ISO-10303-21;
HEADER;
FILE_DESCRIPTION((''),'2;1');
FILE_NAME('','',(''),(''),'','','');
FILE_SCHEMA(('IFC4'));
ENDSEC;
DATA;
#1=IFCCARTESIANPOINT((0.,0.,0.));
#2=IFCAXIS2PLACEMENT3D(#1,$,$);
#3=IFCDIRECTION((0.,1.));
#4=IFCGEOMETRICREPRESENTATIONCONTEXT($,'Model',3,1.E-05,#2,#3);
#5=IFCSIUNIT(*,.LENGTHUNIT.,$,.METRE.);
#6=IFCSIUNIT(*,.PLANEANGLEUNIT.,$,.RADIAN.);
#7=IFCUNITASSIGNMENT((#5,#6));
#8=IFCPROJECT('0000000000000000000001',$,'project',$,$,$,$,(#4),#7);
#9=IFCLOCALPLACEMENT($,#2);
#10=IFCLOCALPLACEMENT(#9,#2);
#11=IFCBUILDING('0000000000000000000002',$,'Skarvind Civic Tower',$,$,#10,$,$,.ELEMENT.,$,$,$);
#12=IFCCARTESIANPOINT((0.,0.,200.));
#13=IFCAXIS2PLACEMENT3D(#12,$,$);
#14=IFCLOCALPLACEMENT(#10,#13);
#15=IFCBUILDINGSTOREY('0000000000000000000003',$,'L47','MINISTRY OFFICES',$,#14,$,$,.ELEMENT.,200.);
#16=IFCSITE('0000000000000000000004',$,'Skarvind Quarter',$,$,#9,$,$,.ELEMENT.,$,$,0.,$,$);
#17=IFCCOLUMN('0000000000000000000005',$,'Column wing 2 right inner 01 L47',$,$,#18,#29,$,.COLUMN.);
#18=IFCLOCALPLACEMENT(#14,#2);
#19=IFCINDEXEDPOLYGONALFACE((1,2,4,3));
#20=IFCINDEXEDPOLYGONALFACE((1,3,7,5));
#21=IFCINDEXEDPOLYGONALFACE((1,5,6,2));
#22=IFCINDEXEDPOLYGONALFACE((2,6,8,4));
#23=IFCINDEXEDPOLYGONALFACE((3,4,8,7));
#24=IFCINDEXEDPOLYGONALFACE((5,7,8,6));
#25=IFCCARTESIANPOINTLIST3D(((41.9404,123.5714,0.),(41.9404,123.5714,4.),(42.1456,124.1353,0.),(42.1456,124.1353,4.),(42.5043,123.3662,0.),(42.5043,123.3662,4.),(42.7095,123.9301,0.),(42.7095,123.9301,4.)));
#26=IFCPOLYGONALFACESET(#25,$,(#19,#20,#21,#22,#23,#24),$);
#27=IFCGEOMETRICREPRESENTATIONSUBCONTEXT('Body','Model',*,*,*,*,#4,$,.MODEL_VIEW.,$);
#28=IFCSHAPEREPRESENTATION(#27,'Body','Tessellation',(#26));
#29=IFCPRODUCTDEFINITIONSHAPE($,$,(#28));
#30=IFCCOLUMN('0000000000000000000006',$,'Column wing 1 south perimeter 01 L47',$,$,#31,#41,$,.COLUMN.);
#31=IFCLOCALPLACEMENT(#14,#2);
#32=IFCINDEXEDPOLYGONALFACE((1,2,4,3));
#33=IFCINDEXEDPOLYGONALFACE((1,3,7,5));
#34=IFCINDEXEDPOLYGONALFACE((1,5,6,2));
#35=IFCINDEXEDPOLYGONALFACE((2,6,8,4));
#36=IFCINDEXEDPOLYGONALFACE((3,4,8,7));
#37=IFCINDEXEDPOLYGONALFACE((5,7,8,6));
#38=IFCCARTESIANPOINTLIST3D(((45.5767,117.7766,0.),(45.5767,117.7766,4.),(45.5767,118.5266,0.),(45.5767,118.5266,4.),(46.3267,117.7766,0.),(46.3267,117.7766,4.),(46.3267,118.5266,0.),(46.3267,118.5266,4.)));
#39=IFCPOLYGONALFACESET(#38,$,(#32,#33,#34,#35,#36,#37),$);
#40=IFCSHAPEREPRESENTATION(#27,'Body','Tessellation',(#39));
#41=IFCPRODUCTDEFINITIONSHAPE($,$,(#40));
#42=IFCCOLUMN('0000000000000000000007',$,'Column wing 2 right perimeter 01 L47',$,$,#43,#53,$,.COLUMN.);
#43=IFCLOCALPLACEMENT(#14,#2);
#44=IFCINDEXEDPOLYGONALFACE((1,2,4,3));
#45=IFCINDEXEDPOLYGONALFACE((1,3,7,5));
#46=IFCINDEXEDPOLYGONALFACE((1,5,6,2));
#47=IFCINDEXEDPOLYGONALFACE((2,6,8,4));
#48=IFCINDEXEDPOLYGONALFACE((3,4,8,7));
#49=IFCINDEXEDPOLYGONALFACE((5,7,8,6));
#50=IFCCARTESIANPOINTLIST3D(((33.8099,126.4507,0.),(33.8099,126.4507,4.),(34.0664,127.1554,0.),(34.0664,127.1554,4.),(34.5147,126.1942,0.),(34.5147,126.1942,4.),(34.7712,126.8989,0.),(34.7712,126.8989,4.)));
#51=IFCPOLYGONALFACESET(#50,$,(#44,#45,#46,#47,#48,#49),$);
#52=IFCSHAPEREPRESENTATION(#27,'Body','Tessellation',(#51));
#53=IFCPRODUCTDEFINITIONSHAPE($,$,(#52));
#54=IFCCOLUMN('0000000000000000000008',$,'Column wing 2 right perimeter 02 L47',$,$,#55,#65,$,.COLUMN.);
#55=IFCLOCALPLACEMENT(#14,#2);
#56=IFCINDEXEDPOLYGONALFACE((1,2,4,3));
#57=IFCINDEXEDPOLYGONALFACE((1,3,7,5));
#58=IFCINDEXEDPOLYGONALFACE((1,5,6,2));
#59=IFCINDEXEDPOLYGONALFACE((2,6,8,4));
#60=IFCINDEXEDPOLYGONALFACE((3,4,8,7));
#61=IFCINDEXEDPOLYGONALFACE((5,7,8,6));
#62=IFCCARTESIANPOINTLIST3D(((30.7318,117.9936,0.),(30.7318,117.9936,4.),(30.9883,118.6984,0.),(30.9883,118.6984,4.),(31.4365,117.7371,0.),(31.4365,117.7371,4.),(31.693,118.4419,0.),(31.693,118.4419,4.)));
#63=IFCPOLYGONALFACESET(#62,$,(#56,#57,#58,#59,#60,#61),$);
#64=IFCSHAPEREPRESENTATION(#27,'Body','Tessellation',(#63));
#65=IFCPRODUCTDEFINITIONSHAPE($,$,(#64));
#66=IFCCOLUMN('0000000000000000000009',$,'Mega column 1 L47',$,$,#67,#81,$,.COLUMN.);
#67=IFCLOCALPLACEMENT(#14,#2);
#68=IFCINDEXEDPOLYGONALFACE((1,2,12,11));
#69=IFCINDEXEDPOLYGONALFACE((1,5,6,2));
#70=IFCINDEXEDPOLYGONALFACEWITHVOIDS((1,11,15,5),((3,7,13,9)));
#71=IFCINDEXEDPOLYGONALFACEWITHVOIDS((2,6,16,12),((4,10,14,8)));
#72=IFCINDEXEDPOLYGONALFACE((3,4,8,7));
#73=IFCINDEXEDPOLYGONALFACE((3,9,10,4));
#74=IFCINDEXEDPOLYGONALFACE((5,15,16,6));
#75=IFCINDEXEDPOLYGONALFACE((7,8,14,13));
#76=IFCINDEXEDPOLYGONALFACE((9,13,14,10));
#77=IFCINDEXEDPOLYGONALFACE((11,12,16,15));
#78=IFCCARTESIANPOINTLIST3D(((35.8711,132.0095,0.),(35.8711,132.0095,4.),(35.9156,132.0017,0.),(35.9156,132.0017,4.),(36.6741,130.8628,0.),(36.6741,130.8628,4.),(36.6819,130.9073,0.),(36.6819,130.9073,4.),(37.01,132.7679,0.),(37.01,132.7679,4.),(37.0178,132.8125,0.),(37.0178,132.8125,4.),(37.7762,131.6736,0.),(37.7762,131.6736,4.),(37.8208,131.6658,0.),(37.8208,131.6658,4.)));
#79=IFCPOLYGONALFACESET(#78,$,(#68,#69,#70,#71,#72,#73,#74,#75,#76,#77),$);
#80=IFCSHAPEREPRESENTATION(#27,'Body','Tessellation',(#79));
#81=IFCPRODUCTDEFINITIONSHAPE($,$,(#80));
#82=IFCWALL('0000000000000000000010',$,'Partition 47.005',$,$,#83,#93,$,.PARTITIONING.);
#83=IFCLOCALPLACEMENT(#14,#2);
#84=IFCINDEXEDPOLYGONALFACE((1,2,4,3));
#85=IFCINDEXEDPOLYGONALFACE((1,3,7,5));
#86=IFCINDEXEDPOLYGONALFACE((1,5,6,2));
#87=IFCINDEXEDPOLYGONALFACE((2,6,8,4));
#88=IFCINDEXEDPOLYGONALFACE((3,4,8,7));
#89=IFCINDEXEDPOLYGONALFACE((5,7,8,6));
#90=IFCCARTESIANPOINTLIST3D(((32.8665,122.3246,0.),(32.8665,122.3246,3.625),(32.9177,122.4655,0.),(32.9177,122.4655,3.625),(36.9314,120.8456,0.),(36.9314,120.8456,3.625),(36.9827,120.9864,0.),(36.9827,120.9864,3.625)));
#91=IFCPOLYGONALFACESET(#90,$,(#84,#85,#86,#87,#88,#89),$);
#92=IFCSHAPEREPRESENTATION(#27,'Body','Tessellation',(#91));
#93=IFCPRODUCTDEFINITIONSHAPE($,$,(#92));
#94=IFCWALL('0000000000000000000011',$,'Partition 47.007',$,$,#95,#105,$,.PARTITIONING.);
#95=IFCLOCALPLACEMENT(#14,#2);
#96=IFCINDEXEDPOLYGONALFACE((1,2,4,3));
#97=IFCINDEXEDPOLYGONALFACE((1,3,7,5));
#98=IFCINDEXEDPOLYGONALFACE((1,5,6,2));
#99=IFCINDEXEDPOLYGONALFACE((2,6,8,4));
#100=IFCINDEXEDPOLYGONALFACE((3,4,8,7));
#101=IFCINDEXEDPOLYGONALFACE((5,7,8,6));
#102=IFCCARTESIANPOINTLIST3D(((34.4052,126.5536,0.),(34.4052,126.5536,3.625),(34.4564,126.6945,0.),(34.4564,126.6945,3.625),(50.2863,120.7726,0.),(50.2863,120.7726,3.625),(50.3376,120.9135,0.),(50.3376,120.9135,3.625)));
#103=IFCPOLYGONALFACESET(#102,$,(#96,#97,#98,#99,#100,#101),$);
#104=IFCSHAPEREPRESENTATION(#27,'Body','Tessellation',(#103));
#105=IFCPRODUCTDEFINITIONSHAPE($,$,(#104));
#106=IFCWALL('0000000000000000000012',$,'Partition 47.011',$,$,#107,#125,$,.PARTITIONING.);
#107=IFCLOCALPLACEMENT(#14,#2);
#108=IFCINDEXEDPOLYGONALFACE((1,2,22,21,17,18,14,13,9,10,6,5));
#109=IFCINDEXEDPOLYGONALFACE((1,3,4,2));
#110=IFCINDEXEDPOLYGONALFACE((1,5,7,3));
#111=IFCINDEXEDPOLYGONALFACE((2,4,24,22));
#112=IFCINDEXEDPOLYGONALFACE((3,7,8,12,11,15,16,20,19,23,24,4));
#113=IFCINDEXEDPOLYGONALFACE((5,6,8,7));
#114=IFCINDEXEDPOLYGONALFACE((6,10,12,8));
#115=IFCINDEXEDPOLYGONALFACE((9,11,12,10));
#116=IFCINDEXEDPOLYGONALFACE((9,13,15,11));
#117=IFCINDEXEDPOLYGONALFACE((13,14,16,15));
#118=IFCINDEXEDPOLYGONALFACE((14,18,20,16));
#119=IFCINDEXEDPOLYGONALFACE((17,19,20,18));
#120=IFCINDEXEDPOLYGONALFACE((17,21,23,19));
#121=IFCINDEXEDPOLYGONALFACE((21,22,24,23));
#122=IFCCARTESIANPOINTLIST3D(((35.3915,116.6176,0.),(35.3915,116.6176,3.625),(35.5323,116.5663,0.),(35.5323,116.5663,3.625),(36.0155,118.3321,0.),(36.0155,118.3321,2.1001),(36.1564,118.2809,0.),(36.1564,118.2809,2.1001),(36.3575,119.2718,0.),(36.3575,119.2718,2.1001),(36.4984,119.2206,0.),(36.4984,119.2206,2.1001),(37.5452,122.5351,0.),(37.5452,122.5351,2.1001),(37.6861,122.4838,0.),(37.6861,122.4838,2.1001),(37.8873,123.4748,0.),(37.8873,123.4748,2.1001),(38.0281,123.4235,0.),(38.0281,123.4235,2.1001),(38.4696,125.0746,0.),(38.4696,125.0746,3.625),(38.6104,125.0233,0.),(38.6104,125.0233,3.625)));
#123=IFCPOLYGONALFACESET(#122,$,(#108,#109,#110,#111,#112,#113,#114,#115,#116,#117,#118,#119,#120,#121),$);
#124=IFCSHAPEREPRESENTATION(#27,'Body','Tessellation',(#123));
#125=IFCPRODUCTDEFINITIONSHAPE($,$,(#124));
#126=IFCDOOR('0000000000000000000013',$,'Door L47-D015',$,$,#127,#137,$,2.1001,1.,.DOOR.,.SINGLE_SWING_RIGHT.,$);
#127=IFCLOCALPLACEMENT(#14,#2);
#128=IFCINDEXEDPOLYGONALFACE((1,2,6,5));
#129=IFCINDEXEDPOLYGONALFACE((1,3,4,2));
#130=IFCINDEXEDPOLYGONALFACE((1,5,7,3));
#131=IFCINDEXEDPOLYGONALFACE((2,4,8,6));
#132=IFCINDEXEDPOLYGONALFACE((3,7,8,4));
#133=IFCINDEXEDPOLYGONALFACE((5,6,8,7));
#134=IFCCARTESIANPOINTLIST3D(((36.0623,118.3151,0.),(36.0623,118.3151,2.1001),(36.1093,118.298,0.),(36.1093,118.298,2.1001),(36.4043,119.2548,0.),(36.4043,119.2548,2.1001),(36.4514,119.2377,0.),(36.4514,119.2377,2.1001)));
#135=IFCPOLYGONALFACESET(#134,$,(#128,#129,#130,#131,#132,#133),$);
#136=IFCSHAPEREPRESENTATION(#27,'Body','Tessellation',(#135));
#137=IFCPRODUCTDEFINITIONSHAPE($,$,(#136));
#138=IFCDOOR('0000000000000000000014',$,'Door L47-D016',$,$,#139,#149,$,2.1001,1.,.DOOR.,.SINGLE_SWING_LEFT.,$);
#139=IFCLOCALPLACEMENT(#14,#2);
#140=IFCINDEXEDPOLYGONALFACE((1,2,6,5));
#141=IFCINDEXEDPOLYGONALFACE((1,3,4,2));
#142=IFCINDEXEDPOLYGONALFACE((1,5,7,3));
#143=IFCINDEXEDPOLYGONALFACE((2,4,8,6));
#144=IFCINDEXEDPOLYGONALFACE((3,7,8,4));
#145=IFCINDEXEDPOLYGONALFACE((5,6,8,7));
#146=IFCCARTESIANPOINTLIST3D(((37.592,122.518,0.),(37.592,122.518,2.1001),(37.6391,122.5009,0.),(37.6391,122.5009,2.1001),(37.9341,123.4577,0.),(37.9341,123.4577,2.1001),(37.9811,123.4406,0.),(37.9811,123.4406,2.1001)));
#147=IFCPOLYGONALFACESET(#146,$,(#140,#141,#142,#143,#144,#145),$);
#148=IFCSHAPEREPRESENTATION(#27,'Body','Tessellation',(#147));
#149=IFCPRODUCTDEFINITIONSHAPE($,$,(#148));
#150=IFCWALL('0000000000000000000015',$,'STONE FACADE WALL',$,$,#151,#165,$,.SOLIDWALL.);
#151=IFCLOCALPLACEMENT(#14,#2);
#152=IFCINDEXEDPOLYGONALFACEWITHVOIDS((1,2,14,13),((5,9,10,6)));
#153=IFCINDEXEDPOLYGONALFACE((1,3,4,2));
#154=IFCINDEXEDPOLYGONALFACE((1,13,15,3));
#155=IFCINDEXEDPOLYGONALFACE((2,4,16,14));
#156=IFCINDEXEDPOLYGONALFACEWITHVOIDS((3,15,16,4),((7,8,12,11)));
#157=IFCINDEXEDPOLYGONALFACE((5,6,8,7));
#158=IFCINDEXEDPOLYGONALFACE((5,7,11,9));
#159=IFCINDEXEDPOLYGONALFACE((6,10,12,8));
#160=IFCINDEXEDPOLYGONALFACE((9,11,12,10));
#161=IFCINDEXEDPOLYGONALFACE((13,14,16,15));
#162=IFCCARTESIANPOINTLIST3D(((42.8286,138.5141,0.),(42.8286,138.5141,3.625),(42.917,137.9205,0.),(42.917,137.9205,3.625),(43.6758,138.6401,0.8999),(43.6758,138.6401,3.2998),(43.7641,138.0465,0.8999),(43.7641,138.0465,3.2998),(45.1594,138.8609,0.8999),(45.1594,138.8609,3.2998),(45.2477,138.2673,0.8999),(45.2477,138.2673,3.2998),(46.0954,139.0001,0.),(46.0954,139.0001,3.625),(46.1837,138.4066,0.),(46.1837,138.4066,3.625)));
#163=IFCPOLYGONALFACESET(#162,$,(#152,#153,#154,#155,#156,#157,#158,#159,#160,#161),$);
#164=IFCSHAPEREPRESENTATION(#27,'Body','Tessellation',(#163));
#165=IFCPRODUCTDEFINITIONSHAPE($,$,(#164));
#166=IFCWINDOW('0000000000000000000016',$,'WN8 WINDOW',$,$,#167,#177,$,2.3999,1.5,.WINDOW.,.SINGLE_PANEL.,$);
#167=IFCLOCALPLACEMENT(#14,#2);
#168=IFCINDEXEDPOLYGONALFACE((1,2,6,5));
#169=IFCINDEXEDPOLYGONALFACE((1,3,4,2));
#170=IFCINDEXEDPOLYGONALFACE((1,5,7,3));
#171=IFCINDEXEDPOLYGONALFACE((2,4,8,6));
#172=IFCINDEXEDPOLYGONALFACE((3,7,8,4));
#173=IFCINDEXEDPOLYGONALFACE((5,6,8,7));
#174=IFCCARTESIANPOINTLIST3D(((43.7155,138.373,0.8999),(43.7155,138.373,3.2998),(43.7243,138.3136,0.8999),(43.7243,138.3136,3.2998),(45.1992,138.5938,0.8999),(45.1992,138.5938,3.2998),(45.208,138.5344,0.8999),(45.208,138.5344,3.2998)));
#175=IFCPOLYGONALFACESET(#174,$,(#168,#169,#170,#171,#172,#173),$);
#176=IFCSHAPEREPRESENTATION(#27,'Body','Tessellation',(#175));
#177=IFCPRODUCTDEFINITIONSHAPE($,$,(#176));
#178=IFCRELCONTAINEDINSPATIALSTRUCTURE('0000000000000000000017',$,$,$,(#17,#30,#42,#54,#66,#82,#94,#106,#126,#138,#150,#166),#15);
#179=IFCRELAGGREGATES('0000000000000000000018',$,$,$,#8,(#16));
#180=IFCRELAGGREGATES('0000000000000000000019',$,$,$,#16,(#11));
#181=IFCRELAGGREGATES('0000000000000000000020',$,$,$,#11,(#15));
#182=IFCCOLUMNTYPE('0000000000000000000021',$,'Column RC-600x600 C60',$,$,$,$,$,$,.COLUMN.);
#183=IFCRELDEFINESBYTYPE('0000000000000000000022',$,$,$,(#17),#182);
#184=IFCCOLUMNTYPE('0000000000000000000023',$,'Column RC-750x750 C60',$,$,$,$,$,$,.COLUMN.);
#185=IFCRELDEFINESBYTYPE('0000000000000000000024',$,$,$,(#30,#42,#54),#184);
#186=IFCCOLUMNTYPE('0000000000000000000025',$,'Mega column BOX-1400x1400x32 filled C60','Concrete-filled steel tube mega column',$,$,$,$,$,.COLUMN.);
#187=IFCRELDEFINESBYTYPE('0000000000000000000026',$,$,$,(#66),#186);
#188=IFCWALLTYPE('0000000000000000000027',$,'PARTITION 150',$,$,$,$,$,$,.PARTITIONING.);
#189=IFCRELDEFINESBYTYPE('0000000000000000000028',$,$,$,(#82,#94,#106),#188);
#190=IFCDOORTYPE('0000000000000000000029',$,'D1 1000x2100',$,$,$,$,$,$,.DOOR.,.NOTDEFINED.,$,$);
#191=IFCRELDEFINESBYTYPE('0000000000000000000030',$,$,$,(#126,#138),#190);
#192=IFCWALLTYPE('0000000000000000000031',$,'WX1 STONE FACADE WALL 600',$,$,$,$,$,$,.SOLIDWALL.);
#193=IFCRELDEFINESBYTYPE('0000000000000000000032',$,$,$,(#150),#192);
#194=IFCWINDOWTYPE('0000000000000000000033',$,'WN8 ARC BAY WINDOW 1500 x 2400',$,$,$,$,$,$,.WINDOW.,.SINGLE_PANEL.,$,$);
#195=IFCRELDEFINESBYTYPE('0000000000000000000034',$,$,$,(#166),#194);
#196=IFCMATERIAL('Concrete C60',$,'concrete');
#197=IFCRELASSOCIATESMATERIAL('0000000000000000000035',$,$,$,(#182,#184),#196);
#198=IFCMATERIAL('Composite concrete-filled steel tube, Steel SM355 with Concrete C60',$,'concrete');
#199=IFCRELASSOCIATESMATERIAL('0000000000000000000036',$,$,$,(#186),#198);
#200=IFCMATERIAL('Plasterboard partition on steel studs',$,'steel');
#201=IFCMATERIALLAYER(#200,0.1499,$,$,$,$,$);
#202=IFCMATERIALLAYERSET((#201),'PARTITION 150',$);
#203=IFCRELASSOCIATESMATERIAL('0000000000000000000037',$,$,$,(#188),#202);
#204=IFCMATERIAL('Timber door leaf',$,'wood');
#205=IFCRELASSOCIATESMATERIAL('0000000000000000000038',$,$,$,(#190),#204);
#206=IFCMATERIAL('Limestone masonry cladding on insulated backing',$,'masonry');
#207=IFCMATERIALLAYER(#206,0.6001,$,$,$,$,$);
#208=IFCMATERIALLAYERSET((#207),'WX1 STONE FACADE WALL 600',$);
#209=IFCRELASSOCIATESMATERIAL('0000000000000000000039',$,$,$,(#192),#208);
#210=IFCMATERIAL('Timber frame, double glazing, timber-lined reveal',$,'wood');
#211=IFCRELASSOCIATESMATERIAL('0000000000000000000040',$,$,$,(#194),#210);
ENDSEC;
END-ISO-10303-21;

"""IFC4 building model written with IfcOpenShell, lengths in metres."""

from ifc_helpers import new_model, si_unit, direction, frame, frame_2d, origin, origin_2d, place, context, subcontext, project, spatial, rectangle, hollow_rectangle, extrude, material, layer, layer_set, material_profile, profile_set, type_object, element, fill, save


model = new_model("IFC4")

# Units and contexts
model_context = context("Model", 3, precision=1e-05, world=origin(), true_north=direction((0.0, 1.0)))
body_context = subcontext(model_context, "Body", "Model", "MODEL_VIEW")
ifc_project = project(units=[si_unit("LENGTHUNIT", "METRE"), si_unit("PLANEANGLEUNIT", "RADIAN")], contexts=[model_context])

# Site, building, storey
site_placement = place(None, origin())
site = spatial("IfcSite", under=ifc_project, at=site_placement, Name="Skarvind Quarter", CompositionType="ELEMENT", RefElevation=0.0)
building_placement = place(site_placement, origin())
building = spatial("IfcBuilding", under=site, at=building_placement, Name="Skarvind Civic Tower", CompositionType="ELEMENT")
storey_placement = place(building_placement, frame((0.0, 0.0, 200.0)))
storey = spatial("IfcBuildingStorey", under=building, at=storey_placement, Name="L47", Description="MINISTRY OFFICES", CompositionType="ELEMENT", Elevation=200.0)

# Columns
ifc_material_1 = material(Name="Concrete C60", Category="concrete")
ifc_material_profile_1 = material_profile(ifc_material_1, rectangle(XDim=0.6001, YDim=0.6001, at=origin_2d()), Name="RC-600x600")
ifc_profile_set_1 = profile_set([ifc_material_profile_1], Name="Concrete C60")
column_type_1 = type_object("IfcColumnType", Name="Column RC-600x600 C60", PredefinedType="COLUMN", material=ifc_profile_set_1)
column_1_placement = place(storey_placement, frame((42.325, 123.7507, 0.0), z_axis=(0.0, 0.0, 1.0), x_axis=(-0.34202, -0.939693, 0.0)))
element("IfcColumn", 1, at=column_1_placement, inside=storey, type_object=column_type_1, Name="Column wing 2 right inner 01 L47", PredefinedType="COLUMN", context=body_context, shape_type="SweptSolid", body=[
    extrude(rectangle(XDim=0.6001, YDim=0.6001, at=origin_2d()), origin(), (0.0, 0.0, 1.0), 4.0),
])
ifc_material_profile_2 = material_profile(ifc_material_1, rectangle(XDim=0.75, YDim=0.75, at=origin_2d()), Name="RC-750x750")
ifc_profile_set_2 = profile_set([ifc_material_profile_2], Name="Concrete C60")
column_type_2 = type_object("IfcColumnType", Name="Column RC-750x750 C60", PredefinedType="COLUMN", material=ifc_profile_set_2)
for number, where, z_axis, x_axis, name in (
    (2, (45.9517, 118.1516, 0.0), (0.0, 0.0, 1.0), (1.0, 0.0, 0.0), "Column wing 1 south perimeter 01 L47"),
    (3, (34.2905, 126.6748, 0.0), (0.0, 0.0, 1.0), (-0.34202, -0.939693, 0.0), "Column wing 2 right perimeter 01 L47"),
    (4, (31.2124, 118.2178, 0.0), (0.0, 0.0, 1.0), (-0.34202, -0.939693, 0.0), "Column wing 2 right perimeter 02 L47"),
):
    element("IfcColumn", number, at=place(storey_placement, frame(where, z_axis=z_axis, x_axis=x_axis)), inside=storey, type_object=column_type_2, Name=name, PredefinedType="COLUMN", context=body_context, shape_type="SweptSolid", body=[
        extrude(rectangle(XDim=0.75, YDim=0.75, at=origin_2d()), origin(), (0.0, 0.0, 1.0), 4.0),
    ])
ifc_material_2 = material(Name="Composite concrete-filled steel tube, Steel SM355 with Concrete C60", Category="concrete")
ifc_material_profile_3 = material_profile(ifc_material_2, hollow_rectangle(XDim=1.3999, YDim=1.3999, WallThickness=0.032, at=origin_2d()), Name="BOX-1400x1400x32")
ifc_profile_set_3 = profile_set([ifc_material_profile_3], Name="Composite concrete-filled steel tube, Steel SM355 with Concrete C60")
column_type_3 = type_object("IfcColumnType", Name="Mega column BOX-1400x1400x32 filled C60", Description="Concrete-filled steel tube mega column", PredefinedType="COLUMN", material=ifc_profile_set_3)
column_2_placement = place(storey_placement, frame((36.8459, 131.8376, 0.0), z_axis=(0.0, 0.0, 1.0), x_axis=(0.573576, -0.819152, 0.0)))
element("IfcColumn", 5, at=column_2_placement, inside=storey, type_object=column_type_3, Name="Mega column 1 L47", PredefinedType="COLUMN", context=body_context, shape_type="SweptSolid", body=[
    extrude(hollow_rectangle(XDim=1.3999, YDim=1.3999, WallThickness=0.032, at=origin_2d()), origin(), (0.0, 0.0, 1.0), 4.0),
])

# Walls
ifc_material_3 = material(Name="Plasterboard partition on steel studs", Category="steel")
ifc_layer_1 = layer(ifc_material_3, 0.1499)
ifc_layer_set_1 = layer_set([ifc_layer_1], Name="PARTITION 150")
wall_type_1 = type_object("IfcWallType", Name="PARTITION 150", PredefinedType="PARTITIONING", material=ifc_layer_set_1)
wall_1_placement = place(storey_placement, frame((32.8921, 122.395, 0.0), z_axis=(0.0, 0.0, 1.0), x_axis=(0.939731, -0.341915, 0.0)))
element("IfcWall", 6, at=wall_1_placement, inside=storey, type_object=wall_type_1, Name="Partition 47.005", PredefinedType="PARTITIONING", context=body_context, shape_type="SweptSolid", body=[
    extrude(rectangle(XDim=4.3257, YDim=0.1499, at=frame_2d((2.1628, 0.0))), origin(), (0.0, 0.0, 1.0), 3.625),
])
wall_2_placement = place(storey_placement, frame((34.4309, 126.624, 0.0), z_axis=(0.0, 0.0, 1.0), x_axis=(0.939678, -0.34206, 0.0)))
element("IfcWall", 7, at=wall_2_placement, inside=storey, type_object=wall_type_1, Name="Partition 47.007", PredefinedType="PARTITIONING", context=body_context, shape_type="SweptSolid", body=[
    extrude(rectangle(XDim=16.9006, YDim=0.1499, at=frame_2d((8.4502, 0.0))), origin(), (0.0, 0.0, 1.0), 3.625),
])

# Wall, openings, doors
wall_3_placement = place(storey_placement, frame((38.54, 125.0491, 0.0), z_axis=(0.0, 0.0, 1.0), x_axis=(-0.342022, -0.939692, 0.0)))
wall_3 = element("IfcWall", 8, at=wall_3_placement, inside=storey, type_object=wall_type_1, Name="Partition 47.011", PredefinedType="PARTITIONING", context=body_context, shape_type="SweptSolid", body=[
    extrude(rectangle(XDim=8.9998, YDim=0.1499, at=frame_2d((4.5, 0.0))), origin(), (0.0, 0.0, 1.0), 3.625),
])
opening_1_placement = place(wall_3_placement, frame((6.1753, 0.0, 0.0)))
opening_1 = element("IfcOpeningElement", 9, at=opening_1_placement, cuts=wall_3, PredefinedType="OPENING", context=body_context, shape_type="SweptSolid", body=[
    extrude(rectangle(XDim=1.0, YDim=2.1001, at=frame_2d((0.5, 1.05))), frame((0.0, 0.085, 0.0), z_axis=(0.0, -1.0, 0.0), x_axis=(1.0, 0.0, 0.0)), (0.0, 0.0, 1.0), 0.1699),
])
opening_2_placement = place(wall_3_placement, frame((1.7026, 0.0, 0.0)))
opening_2 = element("IfcOpeningElement", 10, at=opening_2_placement, cuts=wall_3, PredefinedType="OPENING", context=body_context, shape_type="SweptSolid", body=[
    extrude(rectangle(XDim=1.0, YDim=2.1001, at=frame_2d((0.5, 1.05))), frame((0.0, 0.085, 0.0), z_axis=(0.0, -1.0, 0.0), x_axis=(1.0, 0.0, 0.0)), (0.0, 0.0, 1.0), 0.1699),
])
ifc_material_4 = material(Name="Timber door leaf", Category="wood")
door_type = type_object("IfcDoorType", Name="D1 1000x2100", OperationType="NOTDEFINED", PredefinedType="DOOR", material=ifc_material_4)
door_1_placement = place(opening_1_placement, origin())
door_1 = element("IfcDoor", 11, at=door_1_placement, inside=storey, type_object=door_type, Name="Door L47-D015", OperationType="SINGLE_SWING_RIGHT", OverallHeight=2.1001, OverallWidth=1.0, PredefinedType="DOOR", context=body_context, shape_type="SweptSolid", body=[
    extrude(rectangle(XDim=1.0, YDim=2.1001, at=frame_2d((0.5, 1.05))), frame((0.0, 0.0249, 0.0), z_axis=(0.0, -1.0, 0.0), x_axis=(1.0, 0.0, 0.0)), (0.0, 0.0, 1.0), 0.05),
])
fill(opening_1, door_1)
door_2_placement = place(opening_2_placement, origin())
door_2 = element("IfcDoor", 12, at=door_2_placement, inside=storey, type_object=door_type, Name="Door L47-D016", OperationType="SINGLE_SWING_LEFT", OverallHeight=2.1001, OverallWidth=1.0, PredefinedType="DOOR", context=body_context, shape_type="SweptSolid", body=[
    extrude(rectangle(XDim=1.0, YDim=2.1001, at=frame_2d((0.5, 1.05))), frame((0.0, 0.0249, 0.0), z_axis=(0.0, -1.0, 0.0), x_axis=(1.0, 0.0, 0.0)), (0.0, 0.0, 1.0), 0.05),
])
fill(opening_2, door_2)

# Wall, opening, window
ifc_material_5 = material(Name="Limestone masonry cladding on insulated backing", Category="masonry")
ifc_layer_2 = layer(ifc_material_5, 0.6001)
ifc_layer_set_2 = layer_set([ifc_layer_2], Name="WX1 STONE FACADE WALL 600")
wall_type_2 = type_object("IfcWallType", Name="WX1 STONE FACADE WALL 600", PredefinedType="SOLIDWALL", material=ifc_layer_set_2)
wall_4_placement = place(storey_placement, frame((42.8728, 138.2173, 0.0), z_axis=(0.0, 0.0, 1.0), x_axis=(0.989111, 0.147173, 0.0)))
wall_4 = element("IfcWall", 13, at=wall_4_placement, inside=storey, type_object=wall_type_2, Name="STONE FACADE WALL", PredefinedType="SOLIDWALL", context=body_context, shape_type="SweptSolid", body=[
    extrude(rectangle(XDim=3.3027, YDim=0.6001, at=frame_2d((1.6514, 0.0))), origin(), (0.0, 0.0, 1.0), 3.625),
])
opening_3_placement = place(wall_4_placement, frame((0.8564, 0.0, 0.8999)))
opening_3 = element("IfcOpeningElement", 14, at=opening_3_placement, cuts=wall_4, PredefinedType="OPENING", context=body_context, shape_type="SweptSolid", body=[
    extrude(rectangle(XDim=1.5, YDim=2.3999, at=frame_2d((0.75, 1.2))), frame((0.0, 0.3101, 0.0), z_axis=(0.0, -1.0, 0.0), x_axis=(1.0, 0.0, 0.0)), (0.0, 0.0, 1.0), 0.6201),
])
ifc_material_6 = material(Name="Timber frame, double glazing, timber-lined reveal", Category="wood")
window_type = type_object("IfcWindowType", Name="WN8 ARC BAY WINDOW 1500 x 2400", PartitioningType="SINGLE_PANEL", PredefinedType="WINDOW", material=ifc_material_6)
window_1_placement = place(opening_3_placement, origin())
window_1 = element("IfcWindow", 15, at=window_1_placement, inside=storey, type_object=window_type, Name="WN8 WINDOW", OverallHeight=2.3999, OverallWidth=1.5, PartitioningType="SINGLE_PANEL", PredefinedType="WINDOW", context=body_context, shape_type="SweptSolid", body=[
    extrude(rectangle(XDim=1.5, YDim=2.3999, at=frame_2d((0.75, 1.2))), frame((0.0, 0.03, 0.0), z_axis=(0.0, -1.0, 0.0), x_axis=(1.0, 0.0, 0.0)), (0.0, 0.0, 1.0), 0.0601),
])
fill(opening_3, window_1)

save(model, "model.ifc")
